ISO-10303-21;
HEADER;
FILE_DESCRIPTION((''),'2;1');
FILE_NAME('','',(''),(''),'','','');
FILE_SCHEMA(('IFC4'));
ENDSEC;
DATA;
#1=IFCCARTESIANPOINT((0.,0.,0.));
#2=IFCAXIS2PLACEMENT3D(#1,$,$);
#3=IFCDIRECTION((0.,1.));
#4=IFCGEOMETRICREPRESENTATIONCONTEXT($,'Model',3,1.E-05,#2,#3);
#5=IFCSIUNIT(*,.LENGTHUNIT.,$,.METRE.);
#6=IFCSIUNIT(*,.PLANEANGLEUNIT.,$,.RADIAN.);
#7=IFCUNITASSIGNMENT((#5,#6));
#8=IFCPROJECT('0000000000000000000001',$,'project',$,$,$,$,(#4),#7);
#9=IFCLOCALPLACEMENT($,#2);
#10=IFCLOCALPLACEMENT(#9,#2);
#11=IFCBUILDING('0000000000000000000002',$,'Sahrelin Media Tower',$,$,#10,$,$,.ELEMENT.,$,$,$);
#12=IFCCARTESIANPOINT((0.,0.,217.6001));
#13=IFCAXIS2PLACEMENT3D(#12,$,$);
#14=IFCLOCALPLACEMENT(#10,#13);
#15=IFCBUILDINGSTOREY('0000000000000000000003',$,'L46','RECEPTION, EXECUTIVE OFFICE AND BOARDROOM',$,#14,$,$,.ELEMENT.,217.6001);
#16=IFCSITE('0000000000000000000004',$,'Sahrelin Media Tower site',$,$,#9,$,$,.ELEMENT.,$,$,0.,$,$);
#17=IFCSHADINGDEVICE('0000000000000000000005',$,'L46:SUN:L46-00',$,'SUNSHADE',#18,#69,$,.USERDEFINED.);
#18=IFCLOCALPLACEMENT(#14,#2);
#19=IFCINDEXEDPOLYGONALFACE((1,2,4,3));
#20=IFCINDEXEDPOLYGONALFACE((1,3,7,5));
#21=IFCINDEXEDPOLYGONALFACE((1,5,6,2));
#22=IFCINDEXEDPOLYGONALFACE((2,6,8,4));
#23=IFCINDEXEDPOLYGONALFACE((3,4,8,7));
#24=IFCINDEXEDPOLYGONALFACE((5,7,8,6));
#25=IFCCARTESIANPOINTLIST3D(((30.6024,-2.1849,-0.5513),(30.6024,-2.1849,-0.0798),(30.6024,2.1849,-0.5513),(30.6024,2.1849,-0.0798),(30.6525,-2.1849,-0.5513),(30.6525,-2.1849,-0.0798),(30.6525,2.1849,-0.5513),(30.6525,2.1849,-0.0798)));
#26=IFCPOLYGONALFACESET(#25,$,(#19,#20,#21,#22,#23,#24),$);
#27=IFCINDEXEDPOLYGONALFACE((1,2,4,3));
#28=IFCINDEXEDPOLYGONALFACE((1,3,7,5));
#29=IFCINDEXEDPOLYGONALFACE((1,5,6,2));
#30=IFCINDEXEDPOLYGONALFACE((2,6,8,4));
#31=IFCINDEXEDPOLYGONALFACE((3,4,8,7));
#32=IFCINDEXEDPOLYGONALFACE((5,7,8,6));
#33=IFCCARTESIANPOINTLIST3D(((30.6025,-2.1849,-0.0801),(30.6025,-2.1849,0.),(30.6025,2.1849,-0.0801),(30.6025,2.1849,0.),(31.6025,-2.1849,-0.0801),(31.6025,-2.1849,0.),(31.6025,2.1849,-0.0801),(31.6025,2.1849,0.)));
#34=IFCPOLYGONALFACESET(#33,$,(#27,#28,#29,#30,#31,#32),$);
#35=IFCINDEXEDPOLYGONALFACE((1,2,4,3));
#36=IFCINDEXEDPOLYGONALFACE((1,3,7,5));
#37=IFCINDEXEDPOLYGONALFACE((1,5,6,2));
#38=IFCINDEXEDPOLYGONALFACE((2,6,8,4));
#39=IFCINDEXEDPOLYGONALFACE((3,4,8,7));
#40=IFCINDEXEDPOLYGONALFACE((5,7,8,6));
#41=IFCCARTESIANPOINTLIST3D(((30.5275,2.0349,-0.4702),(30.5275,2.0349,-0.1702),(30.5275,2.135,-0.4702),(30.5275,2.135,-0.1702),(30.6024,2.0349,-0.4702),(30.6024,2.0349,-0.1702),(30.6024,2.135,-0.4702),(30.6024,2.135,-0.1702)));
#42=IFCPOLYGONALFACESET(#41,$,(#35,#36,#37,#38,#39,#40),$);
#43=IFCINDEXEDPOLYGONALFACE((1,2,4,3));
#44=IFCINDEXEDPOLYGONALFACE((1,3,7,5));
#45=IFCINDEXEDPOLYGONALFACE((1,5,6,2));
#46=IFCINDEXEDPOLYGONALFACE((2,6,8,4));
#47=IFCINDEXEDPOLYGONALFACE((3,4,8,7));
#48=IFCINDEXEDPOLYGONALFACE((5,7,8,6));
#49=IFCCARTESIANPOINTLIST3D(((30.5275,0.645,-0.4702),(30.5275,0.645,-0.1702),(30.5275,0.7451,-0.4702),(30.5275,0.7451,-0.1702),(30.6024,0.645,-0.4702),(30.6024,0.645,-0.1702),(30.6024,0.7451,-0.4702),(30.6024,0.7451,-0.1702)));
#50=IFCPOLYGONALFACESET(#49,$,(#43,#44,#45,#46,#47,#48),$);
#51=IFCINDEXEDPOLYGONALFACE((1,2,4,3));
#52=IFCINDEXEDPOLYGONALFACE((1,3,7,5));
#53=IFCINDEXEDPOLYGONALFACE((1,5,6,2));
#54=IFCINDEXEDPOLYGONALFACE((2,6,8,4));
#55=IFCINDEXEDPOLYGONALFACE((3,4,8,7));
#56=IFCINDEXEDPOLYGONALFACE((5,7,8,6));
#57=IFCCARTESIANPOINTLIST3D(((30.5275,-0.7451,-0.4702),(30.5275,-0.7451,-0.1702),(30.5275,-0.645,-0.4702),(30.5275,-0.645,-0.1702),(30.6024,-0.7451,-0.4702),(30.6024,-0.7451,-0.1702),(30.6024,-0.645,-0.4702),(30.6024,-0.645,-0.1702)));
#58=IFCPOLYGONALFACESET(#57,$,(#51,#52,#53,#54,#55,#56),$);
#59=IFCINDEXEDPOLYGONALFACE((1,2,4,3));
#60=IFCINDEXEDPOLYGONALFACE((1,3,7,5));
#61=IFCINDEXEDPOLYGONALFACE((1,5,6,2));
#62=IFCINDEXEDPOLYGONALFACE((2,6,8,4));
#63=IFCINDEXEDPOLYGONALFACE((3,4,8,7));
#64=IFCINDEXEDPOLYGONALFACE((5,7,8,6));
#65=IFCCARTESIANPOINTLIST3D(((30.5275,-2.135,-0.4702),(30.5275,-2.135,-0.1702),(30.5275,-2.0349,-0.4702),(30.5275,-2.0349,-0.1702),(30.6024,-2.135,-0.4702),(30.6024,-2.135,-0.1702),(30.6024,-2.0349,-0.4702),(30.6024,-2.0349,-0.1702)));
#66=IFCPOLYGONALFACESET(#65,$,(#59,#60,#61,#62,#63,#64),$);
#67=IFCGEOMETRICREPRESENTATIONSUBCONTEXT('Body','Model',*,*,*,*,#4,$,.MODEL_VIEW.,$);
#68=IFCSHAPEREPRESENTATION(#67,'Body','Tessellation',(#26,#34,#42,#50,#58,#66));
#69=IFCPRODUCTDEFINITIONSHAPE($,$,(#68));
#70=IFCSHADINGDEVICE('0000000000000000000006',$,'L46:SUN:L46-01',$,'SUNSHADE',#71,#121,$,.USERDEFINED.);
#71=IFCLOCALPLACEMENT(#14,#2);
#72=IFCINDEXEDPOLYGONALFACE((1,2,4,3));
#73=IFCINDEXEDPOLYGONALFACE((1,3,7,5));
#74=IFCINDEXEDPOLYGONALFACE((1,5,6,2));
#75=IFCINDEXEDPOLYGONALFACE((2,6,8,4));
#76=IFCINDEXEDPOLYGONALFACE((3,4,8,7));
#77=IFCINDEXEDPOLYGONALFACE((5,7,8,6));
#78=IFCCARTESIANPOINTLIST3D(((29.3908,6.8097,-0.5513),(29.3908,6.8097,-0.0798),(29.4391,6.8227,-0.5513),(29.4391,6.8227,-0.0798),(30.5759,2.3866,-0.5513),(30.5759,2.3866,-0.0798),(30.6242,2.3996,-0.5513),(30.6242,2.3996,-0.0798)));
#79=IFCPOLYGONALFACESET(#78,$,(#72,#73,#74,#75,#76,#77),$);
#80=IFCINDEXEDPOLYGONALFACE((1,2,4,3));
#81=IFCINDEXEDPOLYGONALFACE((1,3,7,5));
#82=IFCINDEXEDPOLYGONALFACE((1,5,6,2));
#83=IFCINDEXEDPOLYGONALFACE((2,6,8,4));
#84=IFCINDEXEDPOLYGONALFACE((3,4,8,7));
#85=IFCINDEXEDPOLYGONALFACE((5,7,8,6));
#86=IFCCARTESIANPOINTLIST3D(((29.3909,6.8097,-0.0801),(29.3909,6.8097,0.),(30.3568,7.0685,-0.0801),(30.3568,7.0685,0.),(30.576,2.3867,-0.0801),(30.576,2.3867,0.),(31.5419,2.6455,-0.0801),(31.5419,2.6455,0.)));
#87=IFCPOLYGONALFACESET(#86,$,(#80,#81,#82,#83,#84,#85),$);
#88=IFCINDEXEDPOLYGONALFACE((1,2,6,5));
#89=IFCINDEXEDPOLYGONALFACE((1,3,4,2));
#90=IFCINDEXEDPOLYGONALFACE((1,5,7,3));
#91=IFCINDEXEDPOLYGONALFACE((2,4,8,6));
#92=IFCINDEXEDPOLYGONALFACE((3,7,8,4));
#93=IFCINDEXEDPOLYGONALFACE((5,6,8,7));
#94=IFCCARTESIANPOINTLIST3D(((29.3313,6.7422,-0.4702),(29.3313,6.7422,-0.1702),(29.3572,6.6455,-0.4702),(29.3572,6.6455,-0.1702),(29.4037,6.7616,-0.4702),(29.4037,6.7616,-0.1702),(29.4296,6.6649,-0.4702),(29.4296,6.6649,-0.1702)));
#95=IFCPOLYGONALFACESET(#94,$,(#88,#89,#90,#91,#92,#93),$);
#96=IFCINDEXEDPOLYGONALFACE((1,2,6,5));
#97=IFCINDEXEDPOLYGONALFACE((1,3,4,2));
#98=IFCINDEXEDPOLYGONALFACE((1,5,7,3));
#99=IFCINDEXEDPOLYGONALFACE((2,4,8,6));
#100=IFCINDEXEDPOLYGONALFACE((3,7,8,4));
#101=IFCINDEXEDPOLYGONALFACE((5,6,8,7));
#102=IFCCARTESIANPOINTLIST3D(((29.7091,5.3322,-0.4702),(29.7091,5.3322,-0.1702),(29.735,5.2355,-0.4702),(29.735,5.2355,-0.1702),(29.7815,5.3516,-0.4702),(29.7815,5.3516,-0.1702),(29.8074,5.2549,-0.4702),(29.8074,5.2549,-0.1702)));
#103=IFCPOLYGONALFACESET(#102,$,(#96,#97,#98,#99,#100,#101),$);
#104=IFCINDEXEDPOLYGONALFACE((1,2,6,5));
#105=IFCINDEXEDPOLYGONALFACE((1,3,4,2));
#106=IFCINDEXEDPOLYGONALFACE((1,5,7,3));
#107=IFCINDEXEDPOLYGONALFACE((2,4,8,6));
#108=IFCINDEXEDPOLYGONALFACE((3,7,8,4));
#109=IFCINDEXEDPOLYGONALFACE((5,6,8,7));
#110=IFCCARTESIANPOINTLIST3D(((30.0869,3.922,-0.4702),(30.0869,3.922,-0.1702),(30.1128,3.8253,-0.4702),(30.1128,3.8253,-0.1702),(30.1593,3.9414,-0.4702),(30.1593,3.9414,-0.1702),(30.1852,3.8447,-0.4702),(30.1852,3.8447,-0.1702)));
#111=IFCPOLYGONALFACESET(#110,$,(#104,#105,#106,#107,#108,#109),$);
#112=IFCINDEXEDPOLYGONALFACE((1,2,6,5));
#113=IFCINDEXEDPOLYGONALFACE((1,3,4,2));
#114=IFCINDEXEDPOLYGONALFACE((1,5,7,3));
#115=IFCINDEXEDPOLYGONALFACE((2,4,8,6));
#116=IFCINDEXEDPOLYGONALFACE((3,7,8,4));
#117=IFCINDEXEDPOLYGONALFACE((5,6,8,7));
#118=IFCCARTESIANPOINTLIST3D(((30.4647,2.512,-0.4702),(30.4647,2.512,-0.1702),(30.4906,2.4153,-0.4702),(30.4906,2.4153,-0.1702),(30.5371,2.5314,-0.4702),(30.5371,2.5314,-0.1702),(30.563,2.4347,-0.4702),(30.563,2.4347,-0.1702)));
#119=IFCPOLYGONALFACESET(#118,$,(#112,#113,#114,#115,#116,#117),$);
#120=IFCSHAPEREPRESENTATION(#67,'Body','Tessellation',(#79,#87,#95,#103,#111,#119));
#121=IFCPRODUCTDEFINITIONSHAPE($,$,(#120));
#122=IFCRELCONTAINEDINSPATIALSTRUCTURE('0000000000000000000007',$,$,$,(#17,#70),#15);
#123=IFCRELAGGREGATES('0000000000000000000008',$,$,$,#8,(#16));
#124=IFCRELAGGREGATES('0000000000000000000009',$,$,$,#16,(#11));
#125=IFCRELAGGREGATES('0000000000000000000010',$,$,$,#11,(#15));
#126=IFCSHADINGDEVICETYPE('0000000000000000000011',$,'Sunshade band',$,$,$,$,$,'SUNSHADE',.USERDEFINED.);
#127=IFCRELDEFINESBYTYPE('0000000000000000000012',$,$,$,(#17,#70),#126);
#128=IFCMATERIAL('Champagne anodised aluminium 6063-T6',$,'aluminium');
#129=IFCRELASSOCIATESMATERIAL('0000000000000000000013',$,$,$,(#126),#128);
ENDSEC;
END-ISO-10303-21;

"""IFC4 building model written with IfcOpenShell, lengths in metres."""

from ifc_helpers import new_model, si_unit, direction, frame, origin, origin_2d, place, context, subcontext, project, spatial, rectangle, extrude, material, type_object, element, save


model = new_model("IFC4")

# Units and contexts
model_context = context("Model", 3, precision=1e-05, world=origin(), true_north=direction((0.0, 1.0)))
body_context = subcontext(model_context, "Body", "Model", "MODEL_VIEW")
ifc_project = project(units=[si_unit("LENGTHUNIT", "METRE"), si_unit("PLANEANGLEUNIT", "RADIAN")], contexts=[model_context])

# Site, building, storey
site_placement = place(None, origin())
site = spatial("IfcSite", under=ifc_project, at=site_placement, Name="Sahrelin Media Tower site", CompositionType="ELEMENT", RefElevation=0.0)
building_placement = place(site_placement, origin())
building = spatial("IfcBuilding", under=site, at=building_placement, Name="Sahrelin Media Tower", CompositionType="ELEMENT")
storey_placement = place(building_placement, frame((0.0, 0.0, 217.6001)))
storey = spatial("IfcBuildingStorey", under=building, at=storey_placement, Name="L46", Description="RECEPTION, EXECUTIVE OFFICE AND BOARDROOM", CompositionType="ELEMENT", Elevation=217.6001)

# Shared definitions
ifc_material_1 = material(Name="Champagne anodised aluminium 6063-T6", Category="aluminium")

# Shading devices
placement_1 = place(storey_placement, frame((30.5825, 0.0, 0.0), z_axis=(0.0, 0.0, 1.0), x_axis=(0.0, -1.0, 0.0)))
placement_2 = place(storey_placement, frame((29.9641, 4.593, 0.0), z_axis=(0.0, 0.0, 1.0), x_axis=(0.258808, -0.965929, 0.0)))
shading_device_type_1 = type_object("IfcShadingDeviceType", Name="Sunshade band", ElementType="SUNSHADE", PredefinedType="USERDEFINED", material=ifc_material_1)
element("IfcShadingDevice", 1, at=placement_1, inside=storey, type_object=shading_device_type_1, Name="L46:SUN:L46-00", ObjectType="SUNSHADE", PredefinedType="USERDEFINED", context=body_context, shape_type="SweptSolid", body=[
    extrude(rectangle(XDim=4.3699, YDim=0.05, at=origin_2d()), frame((0.0, 0.0449, -0.5513)), (0.0, 0.0, 1.0), 0.4714),
    extrude(rectangle(XDim=4.3699, YDim=1.0, at=origin_2d()), frame((0.0, 0.52, -0.0801)), (0.0, 0.0, 1.0), 0.0801),
    extrude(rectangle(XDim=0.1001, YDim=0.075, at=origin_2d()), frame((-2.085, -0.0176, -0.4702)), (0.0, 0.0, 1.0), 0.3),
    extrude(rectangle(XDim=0.1001, YDim=0.075, at=origin_2d()), frame((-0.6951, -0.0176, -0.4702)), (0.0, 0.0, 1.0), 0.3),
    extrude(rectangle(XDim=0.1001, YDim=0.075, at=origin_2d()), frame((0.6951, -0.0176, -0.4702)), (0.0, 0.0, 1.0), 0.3),
    extrude(rectangle(XDim=0.1001, YDim=0.075, at=origin_2d()), frame((2.085, -0.0176, -0.4702)), (0.0, 0.0, 1.0), 0.3),
])
element("IfcShadingDevice", 2, at=placement_2, inside=storey, type_object=shading_device_type_1, Name="L46:SUN:L46-01", ObjectType="SUNSHADE", PredefinedType="USERDEFINED", context=body_context, shape_type="SweptSolid", body=[
    extrude(rectangle(XDim=4.5791, YDim=0.05, at=origin_2d()), frame((0.0, 0.0449, -0.5513)), (0.0, 0.0, 1.0), 0.4714),
    extrude(rectangle(XDim=4.5791, YDim=1.0, at=origin_2d()), frame((0.0, 0.52, -0.0801)), (0.0, 0.0, 1.0), 0.0801),
    extrude(rectangle(XDim=0.1001, YDim=0.075, at=origin_2d()), frame((-2.1897, -0.0176, -0.4702)), (0.0, 0.0, 1.0), 0.3),
    extrude(rectangle(XDim=0.1001, YDim=0.075, at=origin_2d()), frame((-0.73, -0.0176, -0.4702)), (0.0, 0.0, 1.0), 0.3),
    extrude(rectangle(XDim=0.1001, YDim=0.075, at=origin_2d()), frame((0.73, -0.0176, -0.4702)), (0.0, 0.0, 1.0), 0.3),
    extrude(rectangle(XDim=0.1001, YDim=0.075, at=origin_2d()), frame((2.1897, -0.0176, -0.4702)), (0.0, 0.0, 1.0), 0.3),
])

save(model, "model.ifc")
